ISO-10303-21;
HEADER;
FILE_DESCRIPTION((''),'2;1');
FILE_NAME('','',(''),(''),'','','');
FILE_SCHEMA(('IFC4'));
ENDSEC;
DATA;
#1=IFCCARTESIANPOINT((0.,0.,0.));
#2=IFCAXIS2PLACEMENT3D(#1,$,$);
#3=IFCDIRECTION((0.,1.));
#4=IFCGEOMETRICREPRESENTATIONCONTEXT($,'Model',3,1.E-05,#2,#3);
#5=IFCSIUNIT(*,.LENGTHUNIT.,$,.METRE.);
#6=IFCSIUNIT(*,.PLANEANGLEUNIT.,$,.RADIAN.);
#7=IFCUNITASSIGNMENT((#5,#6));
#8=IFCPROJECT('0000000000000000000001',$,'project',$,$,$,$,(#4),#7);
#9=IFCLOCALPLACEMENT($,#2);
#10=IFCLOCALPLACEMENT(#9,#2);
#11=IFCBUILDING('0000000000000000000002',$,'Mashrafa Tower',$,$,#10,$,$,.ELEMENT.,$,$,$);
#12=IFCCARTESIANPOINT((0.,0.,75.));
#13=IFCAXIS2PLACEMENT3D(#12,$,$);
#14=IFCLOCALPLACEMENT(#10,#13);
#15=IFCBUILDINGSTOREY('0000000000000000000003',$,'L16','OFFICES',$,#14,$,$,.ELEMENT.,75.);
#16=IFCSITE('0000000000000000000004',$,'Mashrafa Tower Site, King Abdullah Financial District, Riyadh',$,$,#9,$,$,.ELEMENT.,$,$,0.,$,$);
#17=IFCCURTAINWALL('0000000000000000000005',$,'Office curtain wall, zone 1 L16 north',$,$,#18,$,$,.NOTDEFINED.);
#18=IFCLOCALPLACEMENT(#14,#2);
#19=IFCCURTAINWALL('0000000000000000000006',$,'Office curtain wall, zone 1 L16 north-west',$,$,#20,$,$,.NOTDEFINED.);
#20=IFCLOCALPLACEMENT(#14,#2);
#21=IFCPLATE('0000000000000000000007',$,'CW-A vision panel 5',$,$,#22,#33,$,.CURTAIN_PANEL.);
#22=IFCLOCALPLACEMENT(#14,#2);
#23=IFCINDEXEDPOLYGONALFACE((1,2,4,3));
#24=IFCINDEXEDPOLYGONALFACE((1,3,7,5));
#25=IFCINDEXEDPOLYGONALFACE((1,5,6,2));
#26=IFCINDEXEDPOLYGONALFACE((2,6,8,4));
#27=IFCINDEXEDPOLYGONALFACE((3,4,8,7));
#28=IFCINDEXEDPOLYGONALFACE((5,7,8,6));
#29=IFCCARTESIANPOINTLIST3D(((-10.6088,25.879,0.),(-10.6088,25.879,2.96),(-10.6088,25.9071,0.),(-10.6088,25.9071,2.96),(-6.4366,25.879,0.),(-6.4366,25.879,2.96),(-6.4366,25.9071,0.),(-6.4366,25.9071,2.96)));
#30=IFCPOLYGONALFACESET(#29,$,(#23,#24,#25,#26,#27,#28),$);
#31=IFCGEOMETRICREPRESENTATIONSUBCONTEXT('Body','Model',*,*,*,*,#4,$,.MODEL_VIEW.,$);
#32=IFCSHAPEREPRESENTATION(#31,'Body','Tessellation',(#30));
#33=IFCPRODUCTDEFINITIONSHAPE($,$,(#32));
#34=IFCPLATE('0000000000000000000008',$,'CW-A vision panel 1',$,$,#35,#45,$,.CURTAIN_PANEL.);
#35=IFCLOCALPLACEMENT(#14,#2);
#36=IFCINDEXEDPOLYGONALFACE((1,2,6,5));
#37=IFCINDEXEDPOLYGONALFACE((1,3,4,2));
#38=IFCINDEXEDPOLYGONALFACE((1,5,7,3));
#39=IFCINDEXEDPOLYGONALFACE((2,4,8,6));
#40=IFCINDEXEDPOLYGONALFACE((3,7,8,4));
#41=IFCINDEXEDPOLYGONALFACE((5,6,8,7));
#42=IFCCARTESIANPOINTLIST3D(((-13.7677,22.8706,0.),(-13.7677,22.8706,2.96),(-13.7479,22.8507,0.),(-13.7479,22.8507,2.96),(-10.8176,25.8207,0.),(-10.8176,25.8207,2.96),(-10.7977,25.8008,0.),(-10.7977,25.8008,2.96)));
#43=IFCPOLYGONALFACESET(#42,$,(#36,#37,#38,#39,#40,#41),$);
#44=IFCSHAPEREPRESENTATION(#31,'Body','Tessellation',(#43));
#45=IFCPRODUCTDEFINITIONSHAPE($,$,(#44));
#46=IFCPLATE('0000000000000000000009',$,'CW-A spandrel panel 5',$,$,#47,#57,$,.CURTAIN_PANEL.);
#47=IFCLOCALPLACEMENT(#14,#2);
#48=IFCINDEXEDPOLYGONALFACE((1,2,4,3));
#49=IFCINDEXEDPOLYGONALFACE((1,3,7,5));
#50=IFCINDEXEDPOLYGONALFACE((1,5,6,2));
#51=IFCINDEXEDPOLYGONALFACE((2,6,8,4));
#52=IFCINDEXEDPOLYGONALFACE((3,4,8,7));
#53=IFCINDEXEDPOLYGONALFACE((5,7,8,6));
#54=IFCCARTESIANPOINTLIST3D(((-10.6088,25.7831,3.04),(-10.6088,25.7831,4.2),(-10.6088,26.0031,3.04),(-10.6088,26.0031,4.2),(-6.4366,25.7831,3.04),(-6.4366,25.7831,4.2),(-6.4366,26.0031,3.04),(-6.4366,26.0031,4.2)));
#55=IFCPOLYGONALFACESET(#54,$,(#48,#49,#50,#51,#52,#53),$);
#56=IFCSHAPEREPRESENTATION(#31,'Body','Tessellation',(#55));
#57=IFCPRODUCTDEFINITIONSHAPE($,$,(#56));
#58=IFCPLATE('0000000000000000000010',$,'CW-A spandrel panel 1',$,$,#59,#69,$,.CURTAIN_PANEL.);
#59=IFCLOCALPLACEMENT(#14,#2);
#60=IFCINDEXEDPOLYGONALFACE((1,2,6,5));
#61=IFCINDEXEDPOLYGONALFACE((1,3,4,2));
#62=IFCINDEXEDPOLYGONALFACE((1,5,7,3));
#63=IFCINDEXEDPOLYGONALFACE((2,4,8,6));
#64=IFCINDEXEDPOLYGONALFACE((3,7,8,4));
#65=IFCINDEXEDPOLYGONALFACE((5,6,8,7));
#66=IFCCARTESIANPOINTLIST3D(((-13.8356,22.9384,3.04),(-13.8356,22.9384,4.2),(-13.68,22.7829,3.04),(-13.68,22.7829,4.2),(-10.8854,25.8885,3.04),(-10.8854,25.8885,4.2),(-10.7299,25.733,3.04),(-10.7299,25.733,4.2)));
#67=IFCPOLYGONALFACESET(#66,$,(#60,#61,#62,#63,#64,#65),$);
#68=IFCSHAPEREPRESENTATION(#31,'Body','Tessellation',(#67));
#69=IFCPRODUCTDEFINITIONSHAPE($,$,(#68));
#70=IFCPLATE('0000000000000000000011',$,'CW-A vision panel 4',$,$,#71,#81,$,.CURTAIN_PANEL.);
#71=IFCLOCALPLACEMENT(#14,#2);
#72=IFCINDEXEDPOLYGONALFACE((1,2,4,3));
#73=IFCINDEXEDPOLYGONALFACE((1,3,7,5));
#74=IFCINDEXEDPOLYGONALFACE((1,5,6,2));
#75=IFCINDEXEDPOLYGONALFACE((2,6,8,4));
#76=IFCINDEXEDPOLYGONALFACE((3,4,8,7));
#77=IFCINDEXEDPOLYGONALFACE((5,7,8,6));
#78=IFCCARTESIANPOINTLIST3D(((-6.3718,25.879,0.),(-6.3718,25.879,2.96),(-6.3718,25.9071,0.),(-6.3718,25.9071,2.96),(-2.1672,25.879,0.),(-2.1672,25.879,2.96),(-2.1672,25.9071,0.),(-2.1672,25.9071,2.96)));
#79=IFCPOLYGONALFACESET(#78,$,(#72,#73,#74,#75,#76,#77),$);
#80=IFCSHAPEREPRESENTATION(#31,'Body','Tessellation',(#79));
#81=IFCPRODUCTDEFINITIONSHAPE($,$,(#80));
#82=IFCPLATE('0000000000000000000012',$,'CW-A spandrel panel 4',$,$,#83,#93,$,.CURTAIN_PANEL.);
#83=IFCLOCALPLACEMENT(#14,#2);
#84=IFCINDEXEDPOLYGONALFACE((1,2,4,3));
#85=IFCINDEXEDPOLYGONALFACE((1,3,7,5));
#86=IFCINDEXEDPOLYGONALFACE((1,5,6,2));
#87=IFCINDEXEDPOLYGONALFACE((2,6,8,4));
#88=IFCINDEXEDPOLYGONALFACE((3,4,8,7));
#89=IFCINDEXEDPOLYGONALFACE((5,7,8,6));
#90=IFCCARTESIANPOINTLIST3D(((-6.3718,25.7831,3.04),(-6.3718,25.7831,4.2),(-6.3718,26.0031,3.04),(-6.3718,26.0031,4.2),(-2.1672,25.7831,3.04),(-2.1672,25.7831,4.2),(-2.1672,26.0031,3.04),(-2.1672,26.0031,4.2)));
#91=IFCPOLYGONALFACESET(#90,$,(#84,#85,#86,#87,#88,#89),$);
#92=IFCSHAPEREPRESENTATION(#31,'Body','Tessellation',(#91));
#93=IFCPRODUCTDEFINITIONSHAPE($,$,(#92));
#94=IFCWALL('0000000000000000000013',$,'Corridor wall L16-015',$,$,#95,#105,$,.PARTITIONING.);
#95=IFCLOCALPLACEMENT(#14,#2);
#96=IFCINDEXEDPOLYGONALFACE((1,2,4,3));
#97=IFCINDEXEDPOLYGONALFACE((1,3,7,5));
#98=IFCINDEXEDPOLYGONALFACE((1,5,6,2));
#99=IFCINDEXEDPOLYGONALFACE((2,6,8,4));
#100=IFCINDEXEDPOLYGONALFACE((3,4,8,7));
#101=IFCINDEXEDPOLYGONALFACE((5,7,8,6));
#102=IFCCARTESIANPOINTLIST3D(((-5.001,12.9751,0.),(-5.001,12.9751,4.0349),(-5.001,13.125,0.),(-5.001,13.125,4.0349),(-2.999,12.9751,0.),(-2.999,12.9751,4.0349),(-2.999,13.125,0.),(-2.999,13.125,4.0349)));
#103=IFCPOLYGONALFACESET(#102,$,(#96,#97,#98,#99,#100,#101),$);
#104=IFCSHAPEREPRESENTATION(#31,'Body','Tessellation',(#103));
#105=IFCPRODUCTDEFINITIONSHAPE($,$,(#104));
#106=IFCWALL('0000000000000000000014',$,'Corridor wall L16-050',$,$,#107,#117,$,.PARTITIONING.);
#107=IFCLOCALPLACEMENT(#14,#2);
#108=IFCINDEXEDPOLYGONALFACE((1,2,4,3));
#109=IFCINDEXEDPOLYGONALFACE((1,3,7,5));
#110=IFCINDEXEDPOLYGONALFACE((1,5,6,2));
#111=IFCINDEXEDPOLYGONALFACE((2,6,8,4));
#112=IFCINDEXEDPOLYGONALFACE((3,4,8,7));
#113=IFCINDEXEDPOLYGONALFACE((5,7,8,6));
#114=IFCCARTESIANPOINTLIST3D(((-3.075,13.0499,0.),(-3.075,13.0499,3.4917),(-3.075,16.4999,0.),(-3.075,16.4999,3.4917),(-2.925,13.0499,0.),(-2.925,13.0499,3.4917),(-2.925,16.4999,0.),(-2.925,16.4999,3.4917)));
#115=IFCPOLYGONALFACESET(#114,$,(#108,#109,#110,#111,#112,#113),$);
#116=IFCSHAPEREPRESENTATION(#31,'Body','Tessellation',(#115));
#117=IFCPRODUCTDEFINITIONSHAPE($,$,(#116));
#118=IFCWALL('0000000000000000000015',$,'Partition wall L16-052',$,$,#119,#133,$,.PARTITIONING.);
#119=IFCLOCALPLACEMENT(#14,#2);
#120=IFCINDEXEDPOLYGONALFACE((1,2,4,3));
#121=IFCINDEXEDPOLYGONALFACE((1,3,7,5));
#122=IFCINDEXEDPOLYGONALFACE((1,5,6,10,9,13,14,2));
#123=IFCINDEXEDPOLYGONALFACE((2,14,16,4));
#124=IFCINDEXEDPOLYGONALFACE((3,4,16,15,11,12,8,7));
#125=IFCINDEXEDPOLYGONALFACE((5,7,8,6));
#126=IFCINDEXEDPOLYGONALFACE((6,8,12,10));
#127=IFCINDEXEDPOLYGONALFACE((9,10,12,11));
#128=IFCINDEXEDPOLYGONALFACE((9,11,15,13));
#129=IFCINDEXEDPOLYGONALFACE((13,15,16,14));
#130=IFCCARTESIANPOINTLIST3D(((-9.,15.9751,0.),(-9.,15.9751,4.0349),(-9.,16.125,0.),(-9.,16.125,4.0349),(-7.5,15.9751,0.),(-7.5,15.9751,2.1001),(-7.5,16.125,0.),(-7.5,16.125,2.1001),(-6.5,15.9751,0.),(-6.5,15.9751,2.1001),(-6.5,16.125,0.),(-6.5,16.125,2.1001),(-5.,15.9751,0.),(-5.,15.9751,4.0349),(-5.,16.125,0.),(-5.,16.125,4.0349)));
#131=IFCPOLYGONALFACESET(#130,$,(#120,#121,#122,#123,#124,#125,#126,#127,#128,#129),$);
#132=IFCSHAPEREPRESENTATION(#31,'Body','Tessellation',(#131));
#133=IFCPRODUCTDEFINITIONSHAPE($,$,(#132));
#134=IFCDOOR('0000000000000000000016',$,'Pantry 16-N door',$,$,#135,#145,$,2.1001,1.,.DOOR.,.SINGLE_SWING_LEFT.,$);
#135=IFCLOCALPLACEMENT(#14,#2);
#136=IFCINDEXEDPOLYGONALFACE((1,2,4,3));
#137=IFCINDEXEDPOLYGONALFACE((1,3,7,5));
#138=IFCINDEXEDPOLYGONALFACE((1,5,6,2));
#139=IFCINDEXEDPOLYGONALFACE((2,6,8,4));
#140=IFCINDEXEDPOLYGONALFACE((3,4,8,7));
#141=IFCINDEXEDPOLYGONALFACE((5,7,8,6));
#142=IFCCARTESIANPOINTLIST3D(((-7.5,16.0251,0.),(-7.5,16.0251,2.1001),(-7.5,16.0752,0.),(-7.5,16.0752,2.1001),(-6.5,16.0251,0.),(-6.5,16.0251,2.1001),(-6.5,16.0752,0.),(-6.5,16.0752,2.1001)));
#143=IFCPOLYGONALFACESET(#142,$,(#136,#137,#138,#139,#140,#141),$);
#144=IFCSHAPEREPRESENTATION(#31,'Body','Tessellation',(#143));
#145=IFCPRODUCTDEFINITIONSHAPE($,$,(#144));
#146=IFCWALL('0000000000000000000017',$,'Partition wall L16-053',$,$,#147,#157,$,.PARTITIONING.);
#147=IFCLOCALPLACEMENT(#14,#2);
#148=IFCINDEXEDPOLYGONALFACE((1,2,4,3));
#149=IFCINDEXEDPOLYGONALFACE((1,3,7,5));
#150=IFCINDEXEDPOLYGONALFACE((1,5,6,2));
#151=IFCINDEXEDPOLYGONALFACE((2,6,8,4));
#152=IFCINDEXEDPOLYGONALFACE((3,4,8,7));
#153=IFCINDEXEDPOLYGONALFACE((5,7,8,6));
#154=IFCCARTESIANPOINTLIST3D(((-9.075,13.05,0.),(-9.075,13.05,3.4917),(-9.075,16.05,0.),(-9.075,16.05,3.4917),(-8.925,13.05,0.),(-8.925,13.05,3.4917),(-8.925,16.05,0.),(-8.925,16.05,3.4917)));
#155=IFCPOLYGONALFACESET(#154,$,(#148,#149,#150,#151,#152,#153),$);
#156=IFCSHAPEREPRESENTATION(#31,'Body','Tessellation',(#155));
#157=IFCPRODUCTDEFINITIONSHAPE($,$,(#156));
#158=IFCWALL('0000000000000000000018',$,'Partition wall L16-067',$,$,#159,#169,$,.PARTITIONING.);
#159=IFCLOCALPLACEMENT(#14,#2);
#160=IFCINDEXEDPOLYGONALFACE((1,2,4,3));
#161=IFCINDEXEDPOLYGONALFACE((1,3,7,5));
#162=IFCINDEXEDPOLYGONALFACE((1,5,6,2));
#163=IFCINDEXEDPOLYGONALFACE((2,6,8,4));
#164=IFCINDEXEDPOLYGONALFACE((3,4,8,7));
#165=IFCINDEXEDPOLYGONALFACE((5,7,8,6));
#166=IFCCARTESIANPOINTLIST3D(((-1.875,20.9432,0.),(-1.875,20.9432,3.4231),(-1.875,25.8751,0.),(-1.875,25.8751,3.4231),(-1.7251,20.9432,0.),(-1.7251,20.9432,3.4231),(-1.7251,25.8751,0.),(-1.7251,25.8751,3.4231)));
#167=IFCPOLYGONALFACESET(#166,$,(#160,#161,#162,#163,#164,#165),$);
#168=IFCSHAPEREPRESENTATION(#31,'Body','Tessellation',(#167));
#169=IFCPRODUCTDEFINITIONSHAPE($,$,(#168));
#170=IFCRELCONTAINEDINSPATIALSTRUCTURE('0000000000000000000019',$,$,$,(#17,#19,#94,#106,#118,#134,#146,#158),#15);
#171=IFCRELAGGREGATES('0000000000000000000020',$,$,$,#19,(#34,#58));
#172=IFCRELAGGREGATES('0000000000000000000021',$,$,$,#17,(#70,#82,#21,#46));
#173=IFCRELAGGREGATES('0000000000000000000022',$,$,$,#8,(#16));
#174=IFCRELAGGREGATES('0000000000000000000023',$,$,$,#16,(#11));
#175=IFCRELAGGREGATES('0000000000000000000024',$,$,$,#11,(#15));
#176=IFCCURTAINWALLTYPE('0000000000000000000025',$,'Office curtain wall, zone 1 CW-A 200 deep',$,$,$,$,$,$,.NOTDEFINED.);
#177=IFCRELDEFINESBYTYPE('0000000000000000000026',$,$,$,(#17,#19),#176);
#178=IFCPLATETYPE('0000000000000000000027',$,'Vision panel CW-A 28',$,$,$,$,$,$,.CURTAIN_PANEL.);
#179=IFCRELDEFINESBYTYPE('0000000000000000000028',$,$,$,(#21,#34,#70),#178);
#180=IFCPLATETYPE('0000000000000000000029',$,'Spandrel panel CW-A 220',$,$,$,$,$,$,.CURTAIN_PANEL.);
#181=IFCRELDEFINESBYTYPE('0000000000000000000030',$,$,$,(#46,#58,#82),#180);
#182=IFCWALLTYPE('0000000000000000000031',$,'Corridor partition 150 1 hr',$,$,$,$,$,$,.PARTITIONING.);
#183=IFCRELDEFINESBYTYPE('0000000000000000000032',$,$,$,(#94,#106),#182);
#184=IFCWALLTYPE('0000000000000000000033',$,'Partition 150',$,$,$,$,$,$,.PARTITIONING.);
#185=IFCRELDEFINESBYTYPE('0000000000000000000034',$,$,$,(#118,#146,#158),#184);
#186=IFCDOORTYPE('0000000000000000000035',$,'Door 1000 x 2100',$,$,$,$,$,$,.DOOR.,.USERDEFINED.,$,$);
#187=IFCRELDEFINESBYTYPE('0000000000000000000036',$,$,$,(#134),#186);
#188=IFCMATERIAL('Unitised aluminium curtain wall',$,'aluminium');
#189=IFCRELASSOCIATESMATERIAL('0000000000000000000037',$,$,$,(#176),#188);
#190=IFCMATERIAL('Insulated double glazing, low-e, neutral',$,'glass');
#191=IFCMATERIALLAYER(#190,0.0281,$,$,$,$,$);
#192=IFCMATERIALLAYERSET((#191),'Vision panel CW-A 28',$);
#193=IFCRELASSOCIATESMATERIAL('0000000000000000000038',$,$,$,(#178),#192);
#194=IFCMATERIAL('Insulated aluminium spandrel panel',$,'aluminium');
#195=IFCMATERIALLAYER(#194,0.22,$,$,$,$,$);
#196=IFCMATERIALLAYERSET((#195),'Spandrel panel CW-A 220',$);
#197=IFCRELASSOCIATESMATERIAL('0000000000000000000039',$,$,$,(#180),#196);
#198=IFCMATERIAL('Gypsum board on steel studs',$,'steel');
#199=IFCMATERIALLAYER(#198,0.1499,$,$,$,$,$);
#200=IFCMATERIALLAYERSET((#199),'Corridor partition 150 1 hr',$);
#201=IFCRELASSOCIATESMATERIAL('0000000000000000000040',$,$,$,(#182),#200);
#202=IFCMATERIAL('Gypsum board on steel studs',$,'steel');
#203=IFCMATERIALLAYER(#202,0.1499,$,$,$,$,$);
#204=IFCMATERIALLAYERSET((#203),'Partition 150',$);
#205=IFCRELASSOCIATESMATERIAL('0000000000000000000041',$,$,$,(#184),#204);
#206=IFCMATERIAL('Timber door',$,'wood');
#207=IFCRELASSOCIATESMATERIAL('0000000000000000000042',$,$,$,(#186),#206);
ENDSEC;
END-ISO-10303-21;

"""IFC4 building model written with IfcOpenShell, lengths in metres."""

from ifc_helpers import new_model, si_unit, direction, frame, frame_2d, origin, origin_2d, place, context, subcontext, project, spatial, rectangle, extrude, source, transform, mapped, material, layer, layer_set, type_object, type_shapes, element, fill, aggregate, save


model = new_model("IFC4")

# Units and contexts
model_context = context("Model", 3, precision=1e-05, world=origin(), true_north=direction((0.0, 1.0)))
body_context = subcontext(model_context, "Body", "Model", "MODEL_VIEW")
ifc_project = project(units=[si_unit("LENGTHUNIT", "METRE"), si_unit("PLANEANGLEUNIT", "RADIAN")], contexts=[model_context])

# Site, building, storey
site_placement = place(None, origin())
site = spatial("IfcSite", under=ifc_project, at=site_placement, Name="Mashrafa Tower Site, King Abdullah Financial District, Riyadh", CompositionType="ELEMENT", RefElevation=0.0)
building_placement = place(site_placement, origin())
building = spatial("IfcBuilding", under=site, at=building_placement, Name="Mashrafa Tower", CompositionType="ELEMENT")
storey_placement = place(building_placement, frame((0.0, 0.0, 75.0)))
storey = spatial("IfcBuildingStorey", under=building, at=storey_placement, Name="L16", Description="OFFICES", CompositionType="ELEMENT", Elevation=75.0)

# Curtain wall
ifc_material_1 = material(Name="Unitised aluminium curtain wall", Category="aluminium")
curtain_wall_type = type_object("IfcCurtainWallType", Name="Office curtain wall, zone 1 CW-A 200 deep", PredefinedType="NOTDEFINED", material=ifc_material_1)
curtain_wall_1_placement = place(storey_placement, origin())
curtain_wall_1 = element("IfcCurtainWall", 1, at=curtain_wall_1_placement, inside=storey, type_object=curtain_wall_type, Name="Office curtain wall, zone 1 L16 north", PredefinedType="NOTDEFINED")

# Curtain wall
curtain_wall_2_placement = place(storey_placement, origin())
curtain_wall_2 = element("IfcCurtainWall", 2, at=curtain_wall_2_placement, inside=storey, type_object=curtain_wall_type, Name="Office curtain wall, zone 1 L16 north-west", PredefinedType="NOTDEFINED")

# Plates
ifc_material_2 = material(Name="Insulated double glazing, low-e, neutral", Category="glass")
ifc_layer_1 = layer(ifc_material_2, 0.0281)
ifc_layer_set_1 = layer_set([ifc_layer_1], Name="Vision panel CW-A 28")
plate_type_1 = type_object("IfcPlateType", Name="Vision panel CW-A 28", PredefinedType="CURTAIN_PANEL", material=ifc_layer_set_1)
shared_shape_1 = source(origin(), body_context, "Body", "SweptSolid", [
    extrude(rectangle(XDim=4.1721, YDim=0.0281, at=origin_2d()), origin(), (0.0, 0.0, 1.0), 2.96),
])
plate_1_placement = place(storey_placement, frame((-8.5227, 25.8931, 0.0), z_axis=(0.0, 0.0, 1.0), x_axis=(-1.0, 0.0, 0.0)))
plate_1 = element("IfcPlate", 3, at=plate_1_placement, type_object=plate_type_1, Name="CW-A vision panel 5", PredefinedType="CURTAIN_PANEL", context=body_context, shape_type="MappedRepresentation", body=[
    mapped(shared_shape_1, transform((0.0, 0.0, 0.0))),
])
plate_2_placement = place(storey_placement, frame((-12.2827, 24.3357, 0.0), z_axis=(0.0, 0.0, 1.0), x_axis=(-0.707107, -0.707107, 0.0)))
plate_2 = element("IfcPlate", 4, at=plate_2_placement, type_object=plate_type_1, Name="CW-A vision panel 1", PredefinedType="CURTAIN_PANEL", context=body_context, shape_type="MappedRepresentation", body=[
    mapped(shared_shape_1, transform((0.0, 0.0, 0.0))),
])
ifc_material_3 = material(Name="Insulated aluminium spandrel panel", Category="aluminium")
ifc_layer_2 = layer(ifc_material_3, 0.22)
ifc_layer_set_2 = layer_set([ifc_layer_2], Name="Spandrel panel CW-A 220")
plate_type_2 = type_object("IfcPlateType", Name="Spandrel panel CW-A 220", PredefinedType="CURTAIN_PANEL", material=ifc_layer_set_2)
shared_shape_2 = source(origin(), body_context, "Body", "SweptSolid", [
    extrude(rectangle(XDim=4.1721, YDim=0.22, at=origin_2d()), origin(), (0.0, 0.0, 1.0), 1.1599),
])
plate_3_placement = place(storey_placement, frame((-8.5227, 25.8931, 3.04), z_axis=(0.0, 0.0, 1.0), x_axis=(-1.0, 0.0, 0.0)))
plate_3 = element("IfcPlate", 5, at=plate_3_placement, type_object=plate_type_2, Name="CW-A spandrel panel 5", PredefinedType="CURTAIN_PANEL", context=body_context, shape_type="MappedRepresentation", body=[
    mapped(shared_shape_2, transform((0.0, 0.0, 0.0))),
])
plate_4_placement = place(storey_placement, frame((-12.2827, 24.3357, 3.04), z_axis=(0.0, 0.0, 1.0), x_axis=(-0.707107, -0.707107, 0.0)))
plate_4 = element("IfcPlate", 6, at=plate_4_placement, type_object=plate_type_2, Name="CW-A spandrel panel 1", PredefinedType="CURTAIN_PANEL", context=body_context, shape_type="MappedRepresentation", body=[
    mapped(shared_shape_2, transform((0.0, 0.0, 0.0))),
])
aggregate(curtain_wall_2, [plate_2, plate_4])
shared_shape_3 = source(origin(), body_context, "Body", "SweptSolid", [
    extrude(rectangle(XDim=4.2046, YDim=0.0281, at=origin_2d()), origin(), (0.0, 0.0, 1.0), 2.96),
])
type_shapes(plate_type_1, [shared_shape_1, shared_shape_3])
plate_5_placement = place(storey_placement, frame((-4.2695, 25.8931, 0.0), z_axis=(0.0, 0.0, 1.0), x_axis=(-1.0, 0.0, 0.0)))
plate_5 = element("IfcPlate", 7, at=plate_5_placement, type_object=plate_type_1, Name="CW-A vision panel 4", PredefinedType="CURTAIN_PANEL", context=body_context, shape_type="MappedRepresentation", body=[
    mapped(shared_shape_3, transform((0.0, 0.0, 0.0))),
])
shared_shape_4 = source(origin(), body_context, "Body", "SweptSolid", [
    extrude(rectangle(XDim=4.2046, YDim=0.22, at=origin_2d()), origin(), (0.0, 0.0, 1.0), 1.1599),
])
type_shapes(plate_type_2, [shared_shape_2, shared_shape_4])
plate_6_placement = place(storey_placement, frame((-4.2695, 25.8931, 3.04), z_axis=(0.0, 0.0, 1.0), x_axis=(-1.0, 0.0, 0.0)))
plate_6 = element("IfcPlate", 8, at=plate_6_placement, type_object=plate_type_2, Name="CW-A spandrel panel 4", PredefinedType="CURTAIN_PANEL", context=body_context, shape_type="MappedRepresentation", body=[
    mapped(shared_shape_4, transform((0.0, 0.0, 0.0))),
])
aggregate(curtain_wall_1, [plate_5, plate_6, plate_1, plate_3])

# Walls
ifc_material_4 = material(Name="Gypsum board on steel studs", Category="steel")
ifc_layer_3 = layer(ifc_material_4, 0.1499)
ifc_layer_set_3 = layer_set([ifc_layer_3], Name="Corridor partition 150 1 hr")
wall_type_1 = type_object("IfcWallType", Name="Corridor partition 150 1 hr", PredefinedType="PARTITIONING", material=ifc_layer_set_3)
wall_1_placement = place(storey_placement, frame((-2.999, 13.05, 0.0), z_axis=(0.0, 0.0, 1.0), x_axis=(-1.0, 0.0, 0.0)))
element("IfcWall", 9, at=wall_1_placement, inside=storey, type_object=wall_type_1, Name="Corridor wall L16-015", PredefinedType="PARTITIONING", context=body_context, shape_type="SweptSolid", body=[
    extrude(rectangle(XDim=2.002, YDim=0.1499, at=frame_2d((1.001, 0.0))), origin(), (0.0, 0.0, 1.0), 4.0349),
])
wall_2_placement = place(storey_placement, frame((-3.0, 16.5, 0.0), z_axis=(0.0, 0.0, 1.0), x_axis=(0.0, -1.0, 0.0)))
element("IfcWall", 10, at=wall_2_placement, inside=storey, type_object=wall_type_1, Name="Corridor wall L16-050", PredefinedType="PARTITIONING", context=body_context, shape_type="SweptSolid", body=[
    extrude(rectangle(XDim=3.45, YDim=0.1499, at=frame_2d((1.7251, 0.0))), origin(), (0.0, 0.0, 1.0), 3.4917),
])

# Wall, opening, door
ifc_material_5 = material(Name="Gypsum board on steel studs", Category="steel")
ifc_layer_4 = layer(ifc_material_5, 0.1499)
ifc_layer_set_4 = layer_set([ifc_layer_4], Name="Partition 150")
wall_type_2 = type_object("IfcWallType", Name="Partition 150", PredefinedType="PARTITIONING", material=ifc_layer_set_4)
wall_3_placement = place(storey_placement, frame((-5.0, 16.05, 0.0), z_axis=(0.0, 0.0, 1.0), x_axis=(-1.0, 0.0, 0.0)))
wall_3 = element("IfcWall", 11, at=wall_3_placement, inside=storey, type_object=wall_type_2, Name="Partition wall L16-052", PredefinedType="PARTITIONING", context=body_context, shape_type="SweptSolid", body=[
    extrude(rectangle(XDim=4.0, YDim=0.1499, at=frame_2d((2.0, 0.0))), origin(), (0.0, 0.0, 1.0), 4.0349),
])
opening_1_placement = place(wall_3_placement, frame((1.5, 0.0, 0.0)))
opening_1 = element("IfcOpeningElement", 12, at=opening_1_placement, cuts=wall_3, PredefinedType="OPENING", context=body_context, shape_type="SweptSolid", body=[
    extrude(rectangle(XDim=1.0, YDim=2.1001, at=frame_2d((0.5, 1.05))), frame((0.0, 0.085, 0.0), z_axis=(0.0, -1.0, 0.0), x_axis=(1.0, 0.0, 0.0)), (0.0, 0.0, 1.0), 0.1699),
])
ifc_material_6 = material(Name="Timber door", Category="wood")
door_type = type_object("IfcDoorType", Name="Door 1000 x 2100", OperationType="USERDEFINED", PredefinedType="DOOR", material=ifc_material_6)
door_1_placement = place(opening_1_placement, origin())
door_1 = element("IfcDoor", 13, at=door_1_placement, inside=storey, type_object=door_type, Name="Pantry 16-N door", OperationType="SINGLE_SWING_LEFT", OverallHeight=2.1001, OverallWidth=1.0, PredefinedType="DOOR", context=body_context, shape_type="SweptSolid", body=[
    extrude(rectangle(XDim=1.0, YDim=2.1001, at=frame_2d((0.5, 1.05))), frame((0.0, 0.0249, 0.0), z_axis=(0.0, -1.0, 0.0), x_axis=(1.0, 0.0, 0.0)), (0.0, 0.0, 1.0), 0.05),
])
fill(opening_1, door_1)

# Walls
wall_4_placement = place(storey_placement, frame((-9.0, 16.05, 0.0), z_axis=(0.0, 0.0, 1.0), x_axis=(0.0, -1.0, 0.0)))
element("IfcWall", 14, at=wall_4_placement, inside=storey, type_object=wall_type_2, Name="Partition wall L16-053", PredefinedType="PARTITIONING", context=body_context, shape_type="SweptSolid", body=[
    extrude(rectangle(XDim=3.0, YDim=0.1499, at=frame_2d((1.5, 0.0))), origin(), (0.0, 0.0, 1.0), 3.4917),
])
wall_5_placement = place(storey_placement, frame((-1.8, 25.875, 0.0), z_axis=(0.0, 0.0, 1.0), x_axis=(0.0, -1.0, 0.0)))
element("IfcWall", 15, at=wall_5_placement, inside=storey, type_object=wall_type_2, Name="Partition wall L16-067", PredefinedType="PARTITIONING", context=body_context, shape_type="SweptSolid", body=[
    extrude(rectangle(XDim=4.9319, YDim=0.1499, at=frame_2d((2.4658, 0.0))), origin(), (0.0, 0.0, 1.0), 3.4231),
])

save(model, "model.ifc")
